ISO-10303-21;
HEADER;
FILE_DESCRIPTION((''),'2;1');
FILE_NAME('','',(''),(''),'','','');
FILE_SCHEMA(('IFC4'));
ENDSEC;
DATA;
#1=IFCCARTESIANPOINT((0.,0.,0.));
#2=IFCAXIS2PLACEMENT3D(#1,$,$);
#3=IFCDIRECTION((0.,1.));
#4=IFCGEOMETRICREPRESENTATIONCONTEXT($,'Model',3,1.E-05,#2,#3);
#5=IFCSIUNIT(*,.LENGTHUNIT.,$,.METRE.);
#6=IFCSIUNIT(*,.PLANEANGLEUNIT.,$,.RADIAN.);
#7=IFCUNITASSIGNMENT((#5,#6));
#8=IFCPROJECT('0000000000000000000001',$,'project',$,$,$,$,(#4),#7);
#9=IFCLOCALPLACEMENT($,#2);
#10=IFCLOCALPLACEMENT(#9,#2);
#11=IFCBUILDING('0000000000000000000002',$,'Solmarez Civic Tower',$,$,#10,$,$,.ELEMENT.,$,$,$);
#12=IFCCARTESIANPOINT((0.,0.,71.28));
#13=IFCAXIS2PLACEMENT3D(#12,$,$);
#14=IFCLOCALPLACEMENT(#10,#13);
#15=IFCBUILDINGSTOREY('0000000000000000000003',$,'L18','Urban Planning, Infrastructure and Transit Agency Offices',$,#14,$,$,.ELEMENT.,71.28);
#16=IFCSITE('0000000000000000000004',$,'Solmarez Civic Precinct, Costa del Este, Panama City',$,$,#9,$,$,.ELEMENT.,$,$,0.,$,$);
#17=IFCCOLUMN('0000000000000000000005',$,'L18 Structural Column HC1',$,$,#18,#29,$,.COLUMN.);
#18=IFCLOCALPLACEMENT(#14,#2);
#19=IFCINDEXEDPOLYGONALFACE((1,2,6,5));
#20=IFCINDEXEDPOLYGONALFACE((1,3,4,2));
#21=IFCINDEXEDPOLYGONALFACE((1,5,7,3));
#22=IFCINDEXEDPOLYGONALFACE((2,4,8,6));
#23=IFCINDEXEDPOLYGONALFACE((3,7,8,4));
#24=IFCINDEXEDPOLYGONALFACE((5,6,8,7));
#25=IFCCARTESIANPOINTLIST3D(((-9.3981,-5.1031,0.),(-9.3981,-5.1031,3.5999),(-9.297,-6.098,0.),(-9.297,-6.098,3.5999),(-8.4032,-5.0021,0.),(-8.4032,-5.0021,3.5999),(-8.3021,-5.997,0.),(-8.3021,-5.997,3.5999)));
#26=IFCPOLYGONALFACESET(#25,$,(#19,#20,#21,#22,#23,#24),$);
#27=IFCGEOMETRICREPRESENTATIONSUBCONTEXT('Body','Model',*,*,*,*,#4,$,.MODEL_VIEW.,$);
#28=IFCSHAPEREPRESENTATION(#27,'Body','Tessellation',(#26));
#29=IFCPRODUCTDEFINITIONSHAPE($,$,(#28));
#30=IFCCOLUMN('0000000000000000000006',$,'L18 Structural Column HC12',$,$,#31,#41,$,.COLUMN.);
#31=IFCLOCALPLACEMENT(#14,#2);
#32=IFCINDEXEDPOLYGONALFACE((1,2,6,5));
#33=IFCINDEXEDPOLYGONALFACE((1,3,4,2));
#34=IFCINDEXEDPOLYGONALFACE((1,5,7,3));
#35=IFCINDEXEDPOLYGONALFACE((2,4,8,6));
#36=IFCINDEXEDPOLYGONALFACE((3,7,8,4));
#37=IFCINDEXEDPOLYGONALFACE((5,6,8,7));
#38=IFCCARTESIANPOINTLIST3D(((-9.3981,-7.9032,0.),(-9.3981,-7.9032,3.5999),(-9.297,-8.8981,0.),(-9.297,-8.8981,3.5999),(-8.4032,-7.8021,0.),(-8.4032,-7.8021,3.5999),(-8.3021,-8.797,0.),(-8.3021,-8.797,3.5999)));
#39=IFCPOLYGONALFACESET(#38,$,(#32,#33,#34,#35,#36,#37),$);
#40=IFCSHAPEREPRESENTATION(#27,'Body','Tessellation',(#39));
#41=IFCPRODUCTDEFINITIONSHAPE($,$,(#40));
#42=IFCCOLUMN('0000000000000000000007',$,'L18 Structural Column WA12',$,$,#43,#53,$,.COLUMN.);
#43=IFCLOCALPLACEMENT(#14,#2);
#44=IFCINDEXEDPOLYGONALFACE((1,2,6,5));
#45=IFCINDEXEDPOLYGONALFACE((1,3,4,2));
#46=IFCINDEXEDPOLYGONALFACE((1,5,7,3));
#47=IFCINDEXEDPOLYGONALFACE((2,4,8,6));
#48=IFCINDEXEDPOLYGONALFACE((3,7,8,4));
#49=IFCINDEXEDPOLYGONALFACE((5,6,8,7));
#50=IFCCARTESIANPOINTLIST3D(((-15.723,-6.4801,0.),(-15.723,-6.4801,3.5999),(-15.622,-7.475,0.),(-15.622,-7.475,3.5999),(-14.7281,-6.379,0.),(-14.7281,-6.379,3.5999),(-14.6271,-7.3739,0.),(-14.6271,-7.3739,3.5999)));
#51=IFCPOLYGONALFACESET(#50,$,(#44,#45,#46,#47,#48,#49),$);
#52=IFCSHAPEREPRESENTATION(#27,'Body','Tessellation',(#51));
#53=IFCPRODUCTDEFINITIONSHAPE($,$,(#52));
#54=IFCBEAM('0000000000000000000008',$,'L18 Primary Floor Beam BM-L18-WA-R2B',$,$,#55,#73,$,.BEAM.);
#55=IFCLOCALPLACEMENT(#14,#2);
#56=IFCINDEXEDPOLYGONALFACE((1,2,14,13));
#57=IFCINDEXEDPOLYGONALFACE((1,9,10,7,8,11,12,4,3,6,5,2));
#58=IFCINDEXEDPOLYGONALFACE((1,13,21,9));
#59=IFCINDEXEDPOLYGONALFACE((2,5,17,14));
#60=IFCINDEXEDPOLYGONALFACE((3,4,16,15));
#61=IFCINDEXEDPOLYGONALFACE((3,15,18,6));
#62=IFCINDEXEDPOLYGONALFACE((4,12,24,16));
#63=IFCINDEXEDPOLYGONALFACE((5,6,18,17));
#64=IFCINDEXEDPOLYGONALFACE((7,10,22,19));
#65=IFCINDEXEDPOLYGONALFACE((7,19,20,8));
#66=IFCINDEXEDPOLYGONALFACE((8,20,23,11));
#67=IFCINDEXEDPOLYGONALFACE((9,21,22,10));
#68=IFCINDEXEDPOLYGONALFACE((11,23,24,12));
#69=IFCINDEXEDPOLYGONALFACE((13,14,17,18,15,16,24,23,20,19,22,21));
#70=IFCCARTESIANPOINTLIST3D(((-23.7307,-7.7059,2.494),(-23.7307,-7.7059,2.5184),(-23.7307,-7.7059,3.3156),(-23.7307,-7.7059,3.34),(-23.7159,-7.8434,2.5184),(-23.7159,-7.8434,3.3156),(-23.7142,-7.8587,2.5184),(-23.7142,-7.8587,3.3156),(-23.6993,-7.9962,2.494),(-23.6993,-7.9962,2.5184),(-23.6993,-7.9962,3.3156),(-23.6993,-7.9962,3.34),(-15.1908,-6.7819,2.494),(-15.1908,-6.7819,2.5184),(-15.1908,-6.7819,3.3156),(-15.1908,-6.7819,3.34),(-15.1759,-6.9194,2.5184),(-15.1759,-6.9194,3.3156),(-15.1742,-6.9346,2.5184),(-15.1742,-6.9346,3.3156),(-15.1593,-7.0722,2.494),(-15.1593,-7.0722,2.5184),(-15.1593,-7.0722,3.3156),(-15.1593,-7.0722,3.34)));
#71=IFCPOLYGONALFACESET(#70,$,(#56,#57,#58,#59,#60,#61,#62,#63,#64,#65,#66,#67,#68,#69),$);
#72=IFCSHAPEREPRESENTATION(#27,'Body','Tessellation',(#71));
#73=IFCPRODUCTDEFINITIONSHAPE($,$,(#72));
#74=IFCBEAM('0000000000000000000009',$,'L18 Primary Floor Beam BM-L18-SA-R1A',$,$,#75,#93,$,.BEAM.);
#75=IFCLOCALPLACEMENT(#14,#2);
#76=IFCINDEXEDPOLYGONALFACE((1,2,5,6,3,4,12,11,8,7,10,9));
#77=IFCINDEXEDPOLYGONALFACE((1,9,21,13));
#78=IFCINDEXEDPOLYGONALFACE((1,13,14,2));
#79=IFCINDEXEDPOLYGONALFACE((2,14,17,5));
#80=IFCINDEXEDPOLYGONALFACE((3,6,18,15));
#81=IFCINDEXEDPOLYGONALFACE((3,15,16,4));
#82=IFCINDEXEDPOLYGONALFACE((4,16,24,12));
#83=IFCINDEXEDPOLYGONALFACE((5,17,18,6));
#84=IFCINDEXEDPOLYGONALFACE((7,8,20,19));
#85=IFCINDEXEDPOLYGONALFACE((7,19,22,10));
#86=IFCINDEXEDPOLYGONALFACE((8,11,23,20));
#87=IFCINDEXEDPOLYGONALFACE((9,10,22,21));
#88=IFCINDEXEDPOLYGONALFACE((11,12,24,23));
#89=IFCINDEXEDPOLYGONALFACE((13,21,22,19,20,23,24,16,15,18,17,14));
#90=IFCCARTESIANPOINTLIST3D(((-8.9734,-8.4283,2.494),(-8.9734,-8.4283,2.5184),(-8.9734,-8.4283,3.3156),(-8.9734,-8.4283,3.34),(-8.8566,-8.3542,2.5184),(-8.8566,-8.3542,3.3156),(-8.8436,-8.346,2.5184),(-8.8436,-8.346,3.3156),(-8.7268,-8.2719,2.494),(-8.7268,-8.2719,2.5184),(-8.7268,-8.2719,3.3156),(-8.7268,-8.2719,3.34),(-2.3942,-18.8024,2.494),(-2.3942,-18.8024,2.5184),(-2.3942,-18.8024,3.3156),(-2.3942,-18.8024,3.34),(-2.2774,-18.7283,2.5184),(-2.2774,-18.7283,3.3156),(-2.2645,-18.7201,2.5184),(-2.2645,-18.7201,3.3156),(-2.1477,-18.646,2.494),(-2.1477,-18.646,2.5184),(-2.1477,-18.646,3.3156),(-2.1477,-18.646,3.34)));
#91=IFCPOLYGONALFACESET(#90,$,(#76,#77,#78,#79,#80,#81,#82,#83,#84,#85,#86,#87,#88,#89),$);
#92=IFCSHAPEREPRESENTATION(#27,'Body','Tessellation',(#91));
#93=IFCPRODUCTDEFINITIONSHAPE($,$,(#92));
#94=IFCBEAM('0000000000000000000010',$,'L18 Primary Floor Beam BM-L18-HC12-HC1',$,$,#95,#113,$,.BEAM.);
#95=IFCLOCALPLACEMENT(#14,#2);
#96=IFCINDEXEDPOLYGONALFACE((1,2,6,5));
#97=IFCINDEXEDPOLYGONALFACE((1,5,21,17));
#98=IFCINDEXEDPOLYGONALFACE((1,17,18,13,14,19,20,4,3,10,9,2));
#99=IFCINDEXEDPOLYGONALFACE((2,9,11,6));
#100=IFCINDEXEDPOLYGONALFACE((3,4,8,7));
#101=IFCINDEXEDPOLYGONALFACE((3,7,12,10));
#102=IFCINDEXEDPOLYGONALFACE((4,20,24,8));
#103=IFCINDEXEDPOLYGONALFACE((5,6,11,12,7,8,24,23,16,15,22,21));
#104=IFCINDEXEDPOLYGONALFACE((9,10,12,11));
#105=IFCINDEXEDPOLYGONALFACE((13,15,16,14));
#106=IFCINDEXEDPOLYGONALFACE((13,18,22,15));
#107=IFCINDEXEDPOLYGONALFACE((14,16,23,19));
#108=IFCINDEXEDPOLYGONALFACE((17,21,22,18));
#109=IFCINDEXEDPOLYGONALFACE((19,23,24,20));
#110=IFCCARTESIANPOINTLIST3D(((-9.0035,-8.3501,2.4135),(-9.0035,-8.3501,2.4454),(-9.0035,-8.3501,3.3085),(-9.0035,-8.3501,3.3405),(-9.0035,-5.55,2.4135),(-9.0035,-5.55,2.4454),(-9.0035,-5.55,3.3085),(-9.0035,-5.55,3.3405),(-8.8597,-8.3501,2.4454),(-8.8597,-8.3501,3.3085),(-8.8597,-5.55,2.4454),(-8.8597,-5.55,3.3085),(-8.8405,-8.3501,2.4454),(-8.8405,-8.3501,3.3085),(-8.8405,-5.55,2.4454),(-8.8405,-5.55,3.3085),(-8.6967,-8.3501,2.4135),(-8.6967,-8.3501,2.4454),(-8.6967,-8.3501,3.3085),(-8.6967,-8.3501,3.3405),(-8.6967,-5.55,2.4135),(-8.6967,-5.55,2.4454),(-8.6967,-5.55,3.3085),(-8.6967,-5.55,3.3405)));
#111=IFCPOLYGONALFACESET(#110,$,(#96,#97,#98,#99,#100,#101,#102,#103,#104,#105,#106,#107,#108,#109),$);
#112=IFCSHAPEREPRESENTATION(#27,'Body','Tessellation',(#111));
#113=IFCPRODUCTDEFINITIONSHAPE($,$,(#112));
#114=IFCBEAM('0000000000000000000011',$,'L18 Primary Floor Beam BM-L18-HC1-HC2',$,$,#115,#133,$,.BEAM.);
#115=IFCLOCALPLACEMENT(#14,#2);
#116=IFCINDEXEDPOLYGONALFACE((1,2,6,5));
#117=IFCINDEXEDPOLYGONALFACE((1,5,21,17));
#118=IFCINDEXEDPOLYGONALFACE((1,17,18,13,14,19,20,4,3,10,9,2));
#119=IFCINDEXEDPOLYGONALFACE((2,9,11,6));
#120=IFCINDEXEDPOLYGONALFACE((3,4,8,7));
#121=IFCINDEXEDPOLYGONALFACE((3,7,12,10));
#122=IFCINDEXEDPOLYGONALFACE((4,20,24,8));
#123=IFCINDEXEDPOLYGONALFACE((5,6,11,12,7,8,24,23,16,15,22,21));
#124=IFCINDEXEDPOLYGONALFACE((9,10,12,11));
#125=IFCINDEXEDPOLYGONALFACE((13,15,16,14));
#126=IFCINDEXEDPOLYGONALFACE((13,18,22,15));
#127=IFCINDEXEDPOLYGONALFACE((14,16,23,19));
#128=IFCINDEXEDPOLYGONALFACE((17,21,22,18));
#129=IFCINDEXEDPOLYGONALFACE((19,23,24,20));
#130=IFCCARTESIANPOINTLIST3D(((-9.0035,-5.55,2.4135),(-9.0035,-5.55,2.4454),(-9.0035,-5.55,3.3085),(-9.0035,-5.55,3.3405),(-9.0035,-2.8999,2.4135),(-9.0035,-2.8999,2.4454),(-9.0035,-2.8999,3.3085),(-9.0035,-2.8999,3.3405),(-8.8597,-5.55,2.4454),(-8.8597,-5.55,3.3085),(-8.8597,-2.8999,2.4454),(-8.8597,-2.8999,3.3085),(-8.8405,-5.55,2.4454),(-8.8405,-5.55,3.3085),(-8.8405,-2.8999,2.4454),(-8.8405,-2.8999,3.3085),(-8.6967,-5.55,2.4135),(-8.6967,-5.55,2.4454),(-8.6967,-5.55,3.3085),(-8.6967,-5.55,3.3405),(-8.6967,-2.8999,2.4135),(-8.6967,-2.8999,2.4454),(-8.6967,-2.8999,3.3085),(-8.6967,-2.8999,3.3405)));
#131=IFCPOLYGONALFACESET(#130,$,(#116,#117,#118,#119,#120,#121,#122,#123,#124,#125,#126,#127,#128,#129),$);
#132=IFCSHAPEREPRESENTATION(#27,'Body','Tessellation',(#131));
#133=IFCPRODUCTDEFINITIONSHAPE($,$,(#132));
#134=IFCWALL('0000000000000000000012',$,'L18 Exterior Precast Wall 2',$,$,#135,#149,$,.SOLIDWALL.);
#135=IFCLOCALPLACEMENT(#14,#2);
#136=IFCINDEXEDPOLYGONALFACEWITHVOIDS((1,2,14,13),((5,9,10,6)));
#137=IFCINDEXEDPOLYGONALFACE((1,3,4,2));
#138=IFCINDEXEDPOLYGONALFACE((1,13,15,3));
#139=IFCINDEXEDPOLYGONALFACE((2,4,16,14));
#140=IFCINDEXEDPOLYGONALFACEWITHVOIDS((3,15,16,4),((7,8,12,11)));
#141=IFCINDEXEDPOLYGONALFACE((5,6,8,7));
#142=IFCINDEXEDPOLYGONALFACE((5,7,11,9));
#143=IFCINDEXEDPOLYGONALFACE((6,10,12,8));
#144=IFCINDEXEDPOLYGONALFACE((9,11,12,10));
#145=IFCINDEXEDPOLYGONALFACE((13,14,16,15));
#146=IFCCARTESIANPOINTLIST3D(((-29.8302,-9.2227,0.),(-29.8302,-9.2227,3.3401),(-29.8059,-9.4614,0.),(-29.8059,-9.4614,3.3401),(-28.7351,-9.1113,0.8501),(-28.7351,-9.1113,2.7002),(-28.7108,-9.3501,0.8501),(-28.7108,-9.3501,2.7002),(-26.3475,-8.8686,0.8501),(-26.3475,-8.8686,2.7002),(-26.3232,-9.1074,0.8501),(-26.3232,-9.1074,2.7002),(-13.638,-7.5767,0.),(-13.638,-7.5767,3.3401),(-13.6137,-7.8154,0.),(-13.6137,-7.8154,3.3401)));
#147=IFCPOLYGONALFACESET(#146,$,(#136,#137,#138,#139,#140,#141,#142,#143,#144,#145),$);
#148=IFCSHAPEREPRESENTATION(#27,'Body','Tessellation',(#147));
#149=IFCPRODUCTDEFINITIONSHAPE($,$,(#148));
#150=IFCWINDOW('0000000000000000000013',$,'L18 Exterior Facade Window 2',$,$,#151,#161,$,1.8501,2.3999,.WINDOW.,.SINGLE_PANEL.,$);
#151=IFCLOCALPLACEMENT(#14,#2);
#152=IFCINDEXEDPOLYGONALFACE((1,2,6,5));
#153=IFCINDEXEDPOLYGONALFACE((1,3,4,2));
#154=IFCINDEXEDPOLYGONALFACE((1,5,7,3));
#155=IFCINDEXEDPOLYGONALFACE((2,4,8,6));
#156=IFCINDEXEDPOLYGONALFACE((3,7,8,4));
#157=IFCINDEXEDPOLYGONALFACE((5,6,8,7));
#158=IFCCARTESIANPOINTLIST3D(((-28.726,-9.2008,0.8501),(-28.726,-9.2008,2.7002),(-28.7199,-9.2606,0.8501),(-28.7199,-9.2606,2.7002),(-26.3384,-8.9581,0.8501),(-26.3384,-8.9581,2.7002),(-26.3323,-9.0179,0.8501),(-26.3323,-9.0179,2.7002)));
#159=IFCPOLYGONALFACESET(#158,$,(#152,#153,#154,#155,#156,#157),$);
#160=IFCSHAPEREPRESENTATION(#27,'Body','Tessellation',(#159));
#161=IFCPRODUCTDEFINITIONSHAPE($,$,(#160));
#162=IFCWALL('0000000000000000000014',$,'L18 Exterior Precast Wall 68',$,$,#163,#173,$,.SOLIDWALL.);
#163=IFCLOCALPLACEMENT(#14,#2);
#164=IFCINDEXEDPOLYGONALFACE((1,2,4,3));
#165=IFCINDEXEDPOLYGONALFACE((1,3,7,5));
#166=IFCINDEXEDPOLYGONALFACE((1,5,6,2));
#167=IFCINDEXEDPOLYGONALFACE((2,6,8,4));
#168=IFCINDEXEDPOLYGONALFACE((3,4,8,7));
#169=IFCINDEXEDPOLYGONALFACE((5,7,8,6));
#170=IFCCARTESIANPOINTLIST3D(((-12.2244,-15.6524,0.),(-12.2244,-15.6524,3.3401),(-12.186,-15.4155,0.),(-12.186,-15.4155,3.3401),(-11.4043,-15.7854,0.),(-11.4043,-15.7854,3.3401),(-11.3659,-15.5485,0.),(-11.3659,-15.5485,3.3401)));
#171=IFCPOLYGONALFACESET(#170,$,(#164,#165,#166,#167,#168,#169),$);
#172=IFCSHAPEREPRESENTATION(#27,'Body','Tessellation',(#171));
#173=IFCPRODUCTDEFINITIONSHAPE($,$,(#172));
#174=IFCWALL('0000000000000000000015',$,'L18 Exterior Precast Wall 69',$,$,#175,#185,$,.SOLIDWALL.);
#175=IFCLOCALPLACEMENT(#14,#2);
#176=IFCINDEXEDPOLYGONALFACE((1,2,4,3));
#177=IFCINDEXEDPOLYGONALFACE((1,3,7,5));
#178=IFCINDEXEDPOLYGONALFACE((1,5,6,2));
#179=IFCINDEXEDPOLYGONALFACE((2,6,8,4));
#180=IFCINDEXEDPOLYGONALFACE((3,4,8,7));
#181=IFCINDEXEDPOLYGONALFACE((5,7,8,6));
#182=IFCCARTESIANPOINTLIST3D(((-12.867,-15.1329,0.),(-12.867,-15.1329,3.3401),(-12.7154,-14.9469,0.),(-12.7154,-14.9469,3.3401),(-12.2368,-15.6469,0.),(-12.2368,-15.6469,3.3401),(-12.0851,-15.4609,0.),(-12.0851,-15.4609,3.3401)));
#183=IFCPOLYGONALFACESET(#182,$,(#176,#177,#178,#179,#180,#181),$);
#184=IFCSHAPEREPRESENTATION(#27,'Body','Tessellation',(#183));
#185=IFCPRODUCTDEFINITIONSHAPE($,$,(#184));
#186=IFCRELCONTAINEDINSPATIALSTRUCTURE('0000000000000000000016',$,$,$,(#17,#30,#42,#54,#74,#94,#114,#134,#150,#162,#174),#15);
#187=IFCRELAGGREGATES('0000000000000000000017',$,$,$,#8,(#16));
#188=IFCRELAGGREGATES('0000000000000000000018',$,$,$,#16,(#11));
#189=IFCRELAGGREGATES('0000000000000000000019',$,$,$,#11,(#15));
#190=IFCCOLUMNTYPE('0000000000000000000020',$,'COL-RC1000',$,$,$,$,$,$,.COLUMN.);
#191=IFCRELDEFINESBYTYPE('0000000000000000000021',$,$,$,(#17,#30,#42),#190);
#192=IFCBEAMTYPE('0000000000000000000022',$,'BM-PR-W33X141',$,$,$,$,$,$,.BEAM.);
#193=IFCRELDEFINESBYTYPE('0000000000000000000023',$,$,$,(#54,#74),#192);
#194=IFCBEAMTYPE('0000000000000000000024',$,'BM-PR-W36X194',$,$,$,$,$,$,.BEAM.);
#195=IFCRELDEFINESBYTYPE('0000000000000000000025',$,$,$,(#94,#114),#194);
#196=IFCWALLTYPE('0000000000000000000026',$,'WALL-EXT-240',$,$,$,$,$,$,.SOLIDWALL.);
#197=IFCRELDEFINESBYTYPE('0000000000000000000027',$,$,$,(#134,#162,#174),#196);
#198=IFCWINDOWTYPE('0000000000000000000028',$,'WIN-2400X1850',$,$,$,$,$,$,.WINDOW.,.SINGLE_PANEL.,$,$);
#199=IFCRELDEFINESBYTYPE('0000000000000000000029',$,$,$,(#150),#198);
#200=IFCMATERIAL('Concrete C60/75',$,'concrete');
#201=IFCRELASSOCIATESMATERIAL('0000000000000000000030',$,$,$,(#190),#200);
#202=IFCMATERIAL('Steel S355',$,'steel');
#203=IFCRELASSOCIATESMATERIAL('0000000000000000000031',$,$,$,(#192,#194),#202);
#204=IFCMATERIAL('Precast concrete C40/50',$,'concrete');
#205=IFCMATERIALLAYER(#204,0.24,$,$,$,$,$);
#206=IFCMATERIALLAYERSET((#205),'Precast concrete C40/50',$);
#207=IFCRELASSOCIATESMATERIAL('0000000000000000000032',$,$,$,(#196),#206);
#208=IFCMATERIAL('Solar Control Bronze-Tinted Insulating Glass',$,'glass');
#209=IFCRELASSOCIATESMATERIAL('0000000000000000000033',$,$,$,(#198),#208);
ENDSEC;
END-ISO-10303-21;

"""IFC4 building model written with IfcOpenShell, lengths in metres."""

from ifc_helpers import new_model, si_unit, direction, frame, frame_2d, origin, origin_2d, place, context, subcontext, project, spatial, rectangle, i_section, extrude, material, layer, layer_set, material_profile, profile_set, type_object, element, fill, save


model = new_model("IFC4")

# Units and contexts
model_context = context("Model", 3, precision=1e-05, world=origin(), true_north=direction((0.0, 1.0)))
body_context = subcontext(model_context, "Body", "Model", "MODEL_VIEW")
ifc_project = project(units=[si_unit("LENGTHUNIT", "METRE"), si_unit("PLANEANGLEUNIT", "RADIAN")], contexts=[model_context])

# Site, building, storey
site_placement = place(None, origin())
site = spatial("IfcSite", under=ifc_project, at=site_placement, Name="Solmarez Civic Precinct, Costa del Este, Panama City", CompositionType="ELEMENT", RefElevation=0.0)
building_placement = place(site_placement, origin())
building = spatial("IfcBuilding", under=site, at=building_placement, Name="Solmarez Civic Tower", CompositionType="ELEMENT")
storey_placement = place(building_placement, frame((0.0, 0.0, 71.28)))
storey = spatial("IfcBuildingStorey", under=building, at=storey_placement, Name="L18", Description="Urban Planning, Infrastructure and Transit Agency Offices", CompositionType="ELEMENT", Elevation=71.28)

# Columns
ifc_material_1 = material(Name="Concrete C60/75", Category="concrete")
ifc_material_profile_1 = material_profile(ifc_material_1, rectangle(XDim=1.0, YDim=1.0, at=origin_2d()), Name="RC1000X1000")
ifc_profile_set_1 = profile_set([ifc_material_profile_1], Name="Concrete C60/75")
column_type = type_object("IfcColumnType", Name="COL-RC1000", PredefinedType="COLUMN", material=ifc_profile_set_1)
for number, where, z_axis, x_axis, name in (
    (1, (-8.8501, -5.55, 0.0), (0.0, 0.0, 1.0), (0.994881, 0.101056, 0.0), "L18 Structural Column HC1"),
    (2, (-8.8501, -8.3501, 0.0), (0.0, 0.0, 1.0), (0.994881, 0.101056, 0.0), "L18 Structural Column HC12"),
    (3, (-15.175, -6.927, 0.0), (0.0, 0.0, 1.0), (0.994881, 0.101056, 0.0), "L18 Structural Column WA12"),
):
    element("IfcColumn", number, at=place(storey_placement, frame(where, z_axis=z_axis, x_axis=x_axis)), inside=storey, type_object=column_type, Name=name, PredefinedType="COLUMN", context=body_context, shape_type="SweptSolid", body=[
        extrude(rectangle(XDim=1.0, YDim=1.0, at=origin_2d()), origin(), (0.0, 0.0, 1.0), 3.5999),
    ])

# Beams
ifc_material_2 = material(Name="Steel S355", Category="steel")
ifc_material_profile_2 = material_profile(ifc_material_2, i_section(OverallWidth=0.292, OverallDepth=0.8459, WebThickness=0.0154, FlangeThickness=0.0244, at=origin_2d()), Name="W33X141")
ifc_profile_set_2 = profile_set([ifc_material_profile_2], Name="Steel S355")
beam_type_1 = type_object("IfcBeamType", Name="BM-PR-W33X141", PredefinedType="BEAM", material=ifc_profile_set_2)
beam_1_placement = place(storey_placement, frame((-15.175, -6.927, 2.917), z_axis=(-0.994197, -0.107577, 0.0), x_axis=(0.107577, -0.994197, 0.0)))
element("IfcBeam", 4, at=beam_1_placement, inside=storey, type_object=beam_type_1, Name="L18 Primary Floor Beam BM-L18-WA-R2B", PredefinedType="BEAM", context=body_context, shape_type="SweptSolid", body=[
    extrude(i_section(OverallWidth=0.292, OverallDepth=0.8459, WebThickness=0.0154, FlangeThickness=0.0244, at=origin_2d()), origin(), (0.0, 0.0, 1.0), 8.5898),
])
beam_2_placement = place(storey_placement, frame((-8.8501, -8.3501, 2.917), z_axis=(0.535568, -0.844492, 0.0), x_axis=(0.844492, 0.535568, 0.0)))
element("IfcBeam", 5, at=beam_2_placement, inside=storey, type_object=beam_type_1, Name="L18 Primary Floor Beam BM-L18-SA-R1A", PredefinedType="BEAM", context=body_context, shape_type="SweptSolid", body=[
    extrude(i_section(OverallWidth=0.292, OverallDepth=0.8459, WebThickness=0.0154, FlangeThickness=0.0244, at=origin_2d()), origin(), (0.0, 0.0, 1.0), 12.2844),
])
ifc_material_profile_3 = material_profile(ifc_material_2, i_section(OverallWidth=0.3069, OverallDepth=0.927, WebThickness=0.0193, FlangeThickness=0.032, at=origin_2d()), Name="W36X194")
ifc_profile_set_3 = profile_set([ifc_material_profile_3], Name="Steel S355")
beam_type_2 = type_object("IfcBeamType", Name="BM-PR-W36X194", PredefinedType="BEAM", material=ifc_profile_set_3)
beam_3_placement = place(storey_placement, frame((-8.8501, -8.3501, 2.877), z_axis=(0.0, 1.0, 0.0), x_axis=(-1.0, 0.0, 0.0)))
element("IfcBeam", 6, at=beam_3_placement, inside=storey, type_object=beam_type_2, Name="L18 Primary Floor Beam BM-L18-HC12-HC1", PredefinedType="BEAM", context=body_context, shape_type="SweptSolid", body=[
    extrude(i_section(OverallWidth=0.3069, OverallDepth=0.927, WebThickness=0.0193, FlangeThickness=0.032, at=origin_2d()), origin(), (0.0, 0.0, 1.0), 2.8),
])
beam_4_placement = place(storey_placement, frame((-8.8501, -5.55, 2.877), z_axis=(0.0, 1.0, 0.0), x_axis=(-1.0, 0.0, 0.0)))
element("IfcBeam", 7, at=beam_4_placement, inside=storey, type_object=beam_type_2, Name="L18 Primary Floor Beam BM-L18-HC1-HC2", PredefinedType="BEAM", context=body_context, shape_type="SweptSolid", body=[
    extrude(i_section(OverallWidth=0.3069, OverallDepth=0.927, WebThickness=0.0193, FlangeThickness=0.032, at=origin_2d()), origin(), (0.0, 0.0, 1.0), 2.6501),
])

# Wall, opening, window
ifc_material_3 = material(Name="Precast concrete C40/50", Category="concrete")
ifc_layer_1 = layer(ifc_material_3, 0.24)
ifc_layer_set_1 = layer_set([ifc_layer_1], Name="Precast concrete C40/50")
wall_type_1 = type_object("IfcWallType", Name="WALL-EXT-240", PredefinedType="SOLIDWALL", material=ifc_layer_set_1)
wall_1_placement = place(storey_placement, frame((-13.626, -7.696, 0.0), z_axis=(0.0, 0.0, 1.0), x_axis=(-0.994873, -0.101133, 0.0)))
wall_1 = element("IfcWall", 8, at=wall_1_placement, inside=storey, type_object=wall_type_1, Name="L18 Exterior Precast Wall 2", PredefinedType="SOLIDWALL", context=body_context, shape_type="SweptSolid", body=[
    extrude(rectangle(XDim=16.2756, YDim=0.24, at=frame_2d((8.1377, 0.0))), origin(), (0.0, 0.0, 1.0), 3.3401),
])
opening_1_placement = place(wall_1_placement, frame((12.7749, 0.0, 0.8501)))
opening_1 = element("IfcOpeningElement", 9, at=opening_1_placement, cuts=wall_1, PredefinedType="OPENING", context=body_context, shape_type="SweptSolid", body=[
    extrude(rectangle(XDim=2.3999, YDim=1.8501, at=frame_2d((1.2, 0.925))), frame((0.0, 0.1299, 0.0), z_axis=(0.0, -1.0, 0.0), x_axis=(1.0, 0.0, 0.0)), (0.0, 0.0, 1.0), 0.26),
])
ifc_material_4 = material(Name="Solar Control Bronze-Tinted Insulating Glass", Category="glass")
window_type = type_object("IfcWindowType", Name="WIN-2400X1850", PartitioningType="SINGLE_PANEL", PredefinedType="WINDOW", material=ifc_material_4)
window_placement = place(opening_1_placement, origin())
window = element("IfcWindow", 10, at=window_placement, inside=storey, type_object=window_type, Name="L18 Exterior Facade Window 2", OverallHeight=1.8501, OverallWidth=2.3999, PartitioningType="SINGLE_PANEL", PredefinedType="WINDOW", context=body_context, shape_type="SweptSolid", body=[
    extrude(rectangle(XDim=2.3999, YDim=1.8501, at=frame_2d((1.2, 0.925))), frame((0.0, 0.03, 0.0), z_axis=(0.0, -1.0, 0.0), x_axis=(1.0, 0.0, 0.0)), (0.0, 0.0, 1.0), 0.0601),
])
fill(opening_1, window)

# Walls
wall_2_placement = place(storey_placement, frame((-11.385, -15.667, 0.0), z_axis=(0.0, 0.0, 1.0), x_axis=(-0.987092, 0.160156, 0.0)))
element("IfcWall", 11, at=wall_2_placement, inside=storey, type_object=wall_type_1, Name="L18 Exterior Precast Wall 68", PredefinedType="SOLIDWALL", context=body_context, shape_type="SweptSolid", body=[
    extrude(rectangle(XDim=0.8308, YDim=0.24, at=frame_2d((0.4155, 0.0))), origin(), (0.0, 0.0, 1.0), 3.3401),
])
wall_3_placement = place(storey_placement, frame((-12.1609, -15.554, 0.0), z_axis=(0.0, 0.0, 1.0), x_axis=(-0.774946, 0.632027, 0.0)))
element("IfcWall", 12, at=wall_3_placement, inside=storey, type_object=wall_type_1, Name="L18 Exterior Precast Wall 69", PredefinedType="SOLIDWALL", context=body_context, shape_type="SweptSolid", body=[
    extrude(rectangle(XDim=0.8132, YDim=0.24, at=frame_2d((0.4067, 0.0))), origin(), (0.0, 0.0, 1.0), 3.3401),
])

save(model, "model.ifc")
